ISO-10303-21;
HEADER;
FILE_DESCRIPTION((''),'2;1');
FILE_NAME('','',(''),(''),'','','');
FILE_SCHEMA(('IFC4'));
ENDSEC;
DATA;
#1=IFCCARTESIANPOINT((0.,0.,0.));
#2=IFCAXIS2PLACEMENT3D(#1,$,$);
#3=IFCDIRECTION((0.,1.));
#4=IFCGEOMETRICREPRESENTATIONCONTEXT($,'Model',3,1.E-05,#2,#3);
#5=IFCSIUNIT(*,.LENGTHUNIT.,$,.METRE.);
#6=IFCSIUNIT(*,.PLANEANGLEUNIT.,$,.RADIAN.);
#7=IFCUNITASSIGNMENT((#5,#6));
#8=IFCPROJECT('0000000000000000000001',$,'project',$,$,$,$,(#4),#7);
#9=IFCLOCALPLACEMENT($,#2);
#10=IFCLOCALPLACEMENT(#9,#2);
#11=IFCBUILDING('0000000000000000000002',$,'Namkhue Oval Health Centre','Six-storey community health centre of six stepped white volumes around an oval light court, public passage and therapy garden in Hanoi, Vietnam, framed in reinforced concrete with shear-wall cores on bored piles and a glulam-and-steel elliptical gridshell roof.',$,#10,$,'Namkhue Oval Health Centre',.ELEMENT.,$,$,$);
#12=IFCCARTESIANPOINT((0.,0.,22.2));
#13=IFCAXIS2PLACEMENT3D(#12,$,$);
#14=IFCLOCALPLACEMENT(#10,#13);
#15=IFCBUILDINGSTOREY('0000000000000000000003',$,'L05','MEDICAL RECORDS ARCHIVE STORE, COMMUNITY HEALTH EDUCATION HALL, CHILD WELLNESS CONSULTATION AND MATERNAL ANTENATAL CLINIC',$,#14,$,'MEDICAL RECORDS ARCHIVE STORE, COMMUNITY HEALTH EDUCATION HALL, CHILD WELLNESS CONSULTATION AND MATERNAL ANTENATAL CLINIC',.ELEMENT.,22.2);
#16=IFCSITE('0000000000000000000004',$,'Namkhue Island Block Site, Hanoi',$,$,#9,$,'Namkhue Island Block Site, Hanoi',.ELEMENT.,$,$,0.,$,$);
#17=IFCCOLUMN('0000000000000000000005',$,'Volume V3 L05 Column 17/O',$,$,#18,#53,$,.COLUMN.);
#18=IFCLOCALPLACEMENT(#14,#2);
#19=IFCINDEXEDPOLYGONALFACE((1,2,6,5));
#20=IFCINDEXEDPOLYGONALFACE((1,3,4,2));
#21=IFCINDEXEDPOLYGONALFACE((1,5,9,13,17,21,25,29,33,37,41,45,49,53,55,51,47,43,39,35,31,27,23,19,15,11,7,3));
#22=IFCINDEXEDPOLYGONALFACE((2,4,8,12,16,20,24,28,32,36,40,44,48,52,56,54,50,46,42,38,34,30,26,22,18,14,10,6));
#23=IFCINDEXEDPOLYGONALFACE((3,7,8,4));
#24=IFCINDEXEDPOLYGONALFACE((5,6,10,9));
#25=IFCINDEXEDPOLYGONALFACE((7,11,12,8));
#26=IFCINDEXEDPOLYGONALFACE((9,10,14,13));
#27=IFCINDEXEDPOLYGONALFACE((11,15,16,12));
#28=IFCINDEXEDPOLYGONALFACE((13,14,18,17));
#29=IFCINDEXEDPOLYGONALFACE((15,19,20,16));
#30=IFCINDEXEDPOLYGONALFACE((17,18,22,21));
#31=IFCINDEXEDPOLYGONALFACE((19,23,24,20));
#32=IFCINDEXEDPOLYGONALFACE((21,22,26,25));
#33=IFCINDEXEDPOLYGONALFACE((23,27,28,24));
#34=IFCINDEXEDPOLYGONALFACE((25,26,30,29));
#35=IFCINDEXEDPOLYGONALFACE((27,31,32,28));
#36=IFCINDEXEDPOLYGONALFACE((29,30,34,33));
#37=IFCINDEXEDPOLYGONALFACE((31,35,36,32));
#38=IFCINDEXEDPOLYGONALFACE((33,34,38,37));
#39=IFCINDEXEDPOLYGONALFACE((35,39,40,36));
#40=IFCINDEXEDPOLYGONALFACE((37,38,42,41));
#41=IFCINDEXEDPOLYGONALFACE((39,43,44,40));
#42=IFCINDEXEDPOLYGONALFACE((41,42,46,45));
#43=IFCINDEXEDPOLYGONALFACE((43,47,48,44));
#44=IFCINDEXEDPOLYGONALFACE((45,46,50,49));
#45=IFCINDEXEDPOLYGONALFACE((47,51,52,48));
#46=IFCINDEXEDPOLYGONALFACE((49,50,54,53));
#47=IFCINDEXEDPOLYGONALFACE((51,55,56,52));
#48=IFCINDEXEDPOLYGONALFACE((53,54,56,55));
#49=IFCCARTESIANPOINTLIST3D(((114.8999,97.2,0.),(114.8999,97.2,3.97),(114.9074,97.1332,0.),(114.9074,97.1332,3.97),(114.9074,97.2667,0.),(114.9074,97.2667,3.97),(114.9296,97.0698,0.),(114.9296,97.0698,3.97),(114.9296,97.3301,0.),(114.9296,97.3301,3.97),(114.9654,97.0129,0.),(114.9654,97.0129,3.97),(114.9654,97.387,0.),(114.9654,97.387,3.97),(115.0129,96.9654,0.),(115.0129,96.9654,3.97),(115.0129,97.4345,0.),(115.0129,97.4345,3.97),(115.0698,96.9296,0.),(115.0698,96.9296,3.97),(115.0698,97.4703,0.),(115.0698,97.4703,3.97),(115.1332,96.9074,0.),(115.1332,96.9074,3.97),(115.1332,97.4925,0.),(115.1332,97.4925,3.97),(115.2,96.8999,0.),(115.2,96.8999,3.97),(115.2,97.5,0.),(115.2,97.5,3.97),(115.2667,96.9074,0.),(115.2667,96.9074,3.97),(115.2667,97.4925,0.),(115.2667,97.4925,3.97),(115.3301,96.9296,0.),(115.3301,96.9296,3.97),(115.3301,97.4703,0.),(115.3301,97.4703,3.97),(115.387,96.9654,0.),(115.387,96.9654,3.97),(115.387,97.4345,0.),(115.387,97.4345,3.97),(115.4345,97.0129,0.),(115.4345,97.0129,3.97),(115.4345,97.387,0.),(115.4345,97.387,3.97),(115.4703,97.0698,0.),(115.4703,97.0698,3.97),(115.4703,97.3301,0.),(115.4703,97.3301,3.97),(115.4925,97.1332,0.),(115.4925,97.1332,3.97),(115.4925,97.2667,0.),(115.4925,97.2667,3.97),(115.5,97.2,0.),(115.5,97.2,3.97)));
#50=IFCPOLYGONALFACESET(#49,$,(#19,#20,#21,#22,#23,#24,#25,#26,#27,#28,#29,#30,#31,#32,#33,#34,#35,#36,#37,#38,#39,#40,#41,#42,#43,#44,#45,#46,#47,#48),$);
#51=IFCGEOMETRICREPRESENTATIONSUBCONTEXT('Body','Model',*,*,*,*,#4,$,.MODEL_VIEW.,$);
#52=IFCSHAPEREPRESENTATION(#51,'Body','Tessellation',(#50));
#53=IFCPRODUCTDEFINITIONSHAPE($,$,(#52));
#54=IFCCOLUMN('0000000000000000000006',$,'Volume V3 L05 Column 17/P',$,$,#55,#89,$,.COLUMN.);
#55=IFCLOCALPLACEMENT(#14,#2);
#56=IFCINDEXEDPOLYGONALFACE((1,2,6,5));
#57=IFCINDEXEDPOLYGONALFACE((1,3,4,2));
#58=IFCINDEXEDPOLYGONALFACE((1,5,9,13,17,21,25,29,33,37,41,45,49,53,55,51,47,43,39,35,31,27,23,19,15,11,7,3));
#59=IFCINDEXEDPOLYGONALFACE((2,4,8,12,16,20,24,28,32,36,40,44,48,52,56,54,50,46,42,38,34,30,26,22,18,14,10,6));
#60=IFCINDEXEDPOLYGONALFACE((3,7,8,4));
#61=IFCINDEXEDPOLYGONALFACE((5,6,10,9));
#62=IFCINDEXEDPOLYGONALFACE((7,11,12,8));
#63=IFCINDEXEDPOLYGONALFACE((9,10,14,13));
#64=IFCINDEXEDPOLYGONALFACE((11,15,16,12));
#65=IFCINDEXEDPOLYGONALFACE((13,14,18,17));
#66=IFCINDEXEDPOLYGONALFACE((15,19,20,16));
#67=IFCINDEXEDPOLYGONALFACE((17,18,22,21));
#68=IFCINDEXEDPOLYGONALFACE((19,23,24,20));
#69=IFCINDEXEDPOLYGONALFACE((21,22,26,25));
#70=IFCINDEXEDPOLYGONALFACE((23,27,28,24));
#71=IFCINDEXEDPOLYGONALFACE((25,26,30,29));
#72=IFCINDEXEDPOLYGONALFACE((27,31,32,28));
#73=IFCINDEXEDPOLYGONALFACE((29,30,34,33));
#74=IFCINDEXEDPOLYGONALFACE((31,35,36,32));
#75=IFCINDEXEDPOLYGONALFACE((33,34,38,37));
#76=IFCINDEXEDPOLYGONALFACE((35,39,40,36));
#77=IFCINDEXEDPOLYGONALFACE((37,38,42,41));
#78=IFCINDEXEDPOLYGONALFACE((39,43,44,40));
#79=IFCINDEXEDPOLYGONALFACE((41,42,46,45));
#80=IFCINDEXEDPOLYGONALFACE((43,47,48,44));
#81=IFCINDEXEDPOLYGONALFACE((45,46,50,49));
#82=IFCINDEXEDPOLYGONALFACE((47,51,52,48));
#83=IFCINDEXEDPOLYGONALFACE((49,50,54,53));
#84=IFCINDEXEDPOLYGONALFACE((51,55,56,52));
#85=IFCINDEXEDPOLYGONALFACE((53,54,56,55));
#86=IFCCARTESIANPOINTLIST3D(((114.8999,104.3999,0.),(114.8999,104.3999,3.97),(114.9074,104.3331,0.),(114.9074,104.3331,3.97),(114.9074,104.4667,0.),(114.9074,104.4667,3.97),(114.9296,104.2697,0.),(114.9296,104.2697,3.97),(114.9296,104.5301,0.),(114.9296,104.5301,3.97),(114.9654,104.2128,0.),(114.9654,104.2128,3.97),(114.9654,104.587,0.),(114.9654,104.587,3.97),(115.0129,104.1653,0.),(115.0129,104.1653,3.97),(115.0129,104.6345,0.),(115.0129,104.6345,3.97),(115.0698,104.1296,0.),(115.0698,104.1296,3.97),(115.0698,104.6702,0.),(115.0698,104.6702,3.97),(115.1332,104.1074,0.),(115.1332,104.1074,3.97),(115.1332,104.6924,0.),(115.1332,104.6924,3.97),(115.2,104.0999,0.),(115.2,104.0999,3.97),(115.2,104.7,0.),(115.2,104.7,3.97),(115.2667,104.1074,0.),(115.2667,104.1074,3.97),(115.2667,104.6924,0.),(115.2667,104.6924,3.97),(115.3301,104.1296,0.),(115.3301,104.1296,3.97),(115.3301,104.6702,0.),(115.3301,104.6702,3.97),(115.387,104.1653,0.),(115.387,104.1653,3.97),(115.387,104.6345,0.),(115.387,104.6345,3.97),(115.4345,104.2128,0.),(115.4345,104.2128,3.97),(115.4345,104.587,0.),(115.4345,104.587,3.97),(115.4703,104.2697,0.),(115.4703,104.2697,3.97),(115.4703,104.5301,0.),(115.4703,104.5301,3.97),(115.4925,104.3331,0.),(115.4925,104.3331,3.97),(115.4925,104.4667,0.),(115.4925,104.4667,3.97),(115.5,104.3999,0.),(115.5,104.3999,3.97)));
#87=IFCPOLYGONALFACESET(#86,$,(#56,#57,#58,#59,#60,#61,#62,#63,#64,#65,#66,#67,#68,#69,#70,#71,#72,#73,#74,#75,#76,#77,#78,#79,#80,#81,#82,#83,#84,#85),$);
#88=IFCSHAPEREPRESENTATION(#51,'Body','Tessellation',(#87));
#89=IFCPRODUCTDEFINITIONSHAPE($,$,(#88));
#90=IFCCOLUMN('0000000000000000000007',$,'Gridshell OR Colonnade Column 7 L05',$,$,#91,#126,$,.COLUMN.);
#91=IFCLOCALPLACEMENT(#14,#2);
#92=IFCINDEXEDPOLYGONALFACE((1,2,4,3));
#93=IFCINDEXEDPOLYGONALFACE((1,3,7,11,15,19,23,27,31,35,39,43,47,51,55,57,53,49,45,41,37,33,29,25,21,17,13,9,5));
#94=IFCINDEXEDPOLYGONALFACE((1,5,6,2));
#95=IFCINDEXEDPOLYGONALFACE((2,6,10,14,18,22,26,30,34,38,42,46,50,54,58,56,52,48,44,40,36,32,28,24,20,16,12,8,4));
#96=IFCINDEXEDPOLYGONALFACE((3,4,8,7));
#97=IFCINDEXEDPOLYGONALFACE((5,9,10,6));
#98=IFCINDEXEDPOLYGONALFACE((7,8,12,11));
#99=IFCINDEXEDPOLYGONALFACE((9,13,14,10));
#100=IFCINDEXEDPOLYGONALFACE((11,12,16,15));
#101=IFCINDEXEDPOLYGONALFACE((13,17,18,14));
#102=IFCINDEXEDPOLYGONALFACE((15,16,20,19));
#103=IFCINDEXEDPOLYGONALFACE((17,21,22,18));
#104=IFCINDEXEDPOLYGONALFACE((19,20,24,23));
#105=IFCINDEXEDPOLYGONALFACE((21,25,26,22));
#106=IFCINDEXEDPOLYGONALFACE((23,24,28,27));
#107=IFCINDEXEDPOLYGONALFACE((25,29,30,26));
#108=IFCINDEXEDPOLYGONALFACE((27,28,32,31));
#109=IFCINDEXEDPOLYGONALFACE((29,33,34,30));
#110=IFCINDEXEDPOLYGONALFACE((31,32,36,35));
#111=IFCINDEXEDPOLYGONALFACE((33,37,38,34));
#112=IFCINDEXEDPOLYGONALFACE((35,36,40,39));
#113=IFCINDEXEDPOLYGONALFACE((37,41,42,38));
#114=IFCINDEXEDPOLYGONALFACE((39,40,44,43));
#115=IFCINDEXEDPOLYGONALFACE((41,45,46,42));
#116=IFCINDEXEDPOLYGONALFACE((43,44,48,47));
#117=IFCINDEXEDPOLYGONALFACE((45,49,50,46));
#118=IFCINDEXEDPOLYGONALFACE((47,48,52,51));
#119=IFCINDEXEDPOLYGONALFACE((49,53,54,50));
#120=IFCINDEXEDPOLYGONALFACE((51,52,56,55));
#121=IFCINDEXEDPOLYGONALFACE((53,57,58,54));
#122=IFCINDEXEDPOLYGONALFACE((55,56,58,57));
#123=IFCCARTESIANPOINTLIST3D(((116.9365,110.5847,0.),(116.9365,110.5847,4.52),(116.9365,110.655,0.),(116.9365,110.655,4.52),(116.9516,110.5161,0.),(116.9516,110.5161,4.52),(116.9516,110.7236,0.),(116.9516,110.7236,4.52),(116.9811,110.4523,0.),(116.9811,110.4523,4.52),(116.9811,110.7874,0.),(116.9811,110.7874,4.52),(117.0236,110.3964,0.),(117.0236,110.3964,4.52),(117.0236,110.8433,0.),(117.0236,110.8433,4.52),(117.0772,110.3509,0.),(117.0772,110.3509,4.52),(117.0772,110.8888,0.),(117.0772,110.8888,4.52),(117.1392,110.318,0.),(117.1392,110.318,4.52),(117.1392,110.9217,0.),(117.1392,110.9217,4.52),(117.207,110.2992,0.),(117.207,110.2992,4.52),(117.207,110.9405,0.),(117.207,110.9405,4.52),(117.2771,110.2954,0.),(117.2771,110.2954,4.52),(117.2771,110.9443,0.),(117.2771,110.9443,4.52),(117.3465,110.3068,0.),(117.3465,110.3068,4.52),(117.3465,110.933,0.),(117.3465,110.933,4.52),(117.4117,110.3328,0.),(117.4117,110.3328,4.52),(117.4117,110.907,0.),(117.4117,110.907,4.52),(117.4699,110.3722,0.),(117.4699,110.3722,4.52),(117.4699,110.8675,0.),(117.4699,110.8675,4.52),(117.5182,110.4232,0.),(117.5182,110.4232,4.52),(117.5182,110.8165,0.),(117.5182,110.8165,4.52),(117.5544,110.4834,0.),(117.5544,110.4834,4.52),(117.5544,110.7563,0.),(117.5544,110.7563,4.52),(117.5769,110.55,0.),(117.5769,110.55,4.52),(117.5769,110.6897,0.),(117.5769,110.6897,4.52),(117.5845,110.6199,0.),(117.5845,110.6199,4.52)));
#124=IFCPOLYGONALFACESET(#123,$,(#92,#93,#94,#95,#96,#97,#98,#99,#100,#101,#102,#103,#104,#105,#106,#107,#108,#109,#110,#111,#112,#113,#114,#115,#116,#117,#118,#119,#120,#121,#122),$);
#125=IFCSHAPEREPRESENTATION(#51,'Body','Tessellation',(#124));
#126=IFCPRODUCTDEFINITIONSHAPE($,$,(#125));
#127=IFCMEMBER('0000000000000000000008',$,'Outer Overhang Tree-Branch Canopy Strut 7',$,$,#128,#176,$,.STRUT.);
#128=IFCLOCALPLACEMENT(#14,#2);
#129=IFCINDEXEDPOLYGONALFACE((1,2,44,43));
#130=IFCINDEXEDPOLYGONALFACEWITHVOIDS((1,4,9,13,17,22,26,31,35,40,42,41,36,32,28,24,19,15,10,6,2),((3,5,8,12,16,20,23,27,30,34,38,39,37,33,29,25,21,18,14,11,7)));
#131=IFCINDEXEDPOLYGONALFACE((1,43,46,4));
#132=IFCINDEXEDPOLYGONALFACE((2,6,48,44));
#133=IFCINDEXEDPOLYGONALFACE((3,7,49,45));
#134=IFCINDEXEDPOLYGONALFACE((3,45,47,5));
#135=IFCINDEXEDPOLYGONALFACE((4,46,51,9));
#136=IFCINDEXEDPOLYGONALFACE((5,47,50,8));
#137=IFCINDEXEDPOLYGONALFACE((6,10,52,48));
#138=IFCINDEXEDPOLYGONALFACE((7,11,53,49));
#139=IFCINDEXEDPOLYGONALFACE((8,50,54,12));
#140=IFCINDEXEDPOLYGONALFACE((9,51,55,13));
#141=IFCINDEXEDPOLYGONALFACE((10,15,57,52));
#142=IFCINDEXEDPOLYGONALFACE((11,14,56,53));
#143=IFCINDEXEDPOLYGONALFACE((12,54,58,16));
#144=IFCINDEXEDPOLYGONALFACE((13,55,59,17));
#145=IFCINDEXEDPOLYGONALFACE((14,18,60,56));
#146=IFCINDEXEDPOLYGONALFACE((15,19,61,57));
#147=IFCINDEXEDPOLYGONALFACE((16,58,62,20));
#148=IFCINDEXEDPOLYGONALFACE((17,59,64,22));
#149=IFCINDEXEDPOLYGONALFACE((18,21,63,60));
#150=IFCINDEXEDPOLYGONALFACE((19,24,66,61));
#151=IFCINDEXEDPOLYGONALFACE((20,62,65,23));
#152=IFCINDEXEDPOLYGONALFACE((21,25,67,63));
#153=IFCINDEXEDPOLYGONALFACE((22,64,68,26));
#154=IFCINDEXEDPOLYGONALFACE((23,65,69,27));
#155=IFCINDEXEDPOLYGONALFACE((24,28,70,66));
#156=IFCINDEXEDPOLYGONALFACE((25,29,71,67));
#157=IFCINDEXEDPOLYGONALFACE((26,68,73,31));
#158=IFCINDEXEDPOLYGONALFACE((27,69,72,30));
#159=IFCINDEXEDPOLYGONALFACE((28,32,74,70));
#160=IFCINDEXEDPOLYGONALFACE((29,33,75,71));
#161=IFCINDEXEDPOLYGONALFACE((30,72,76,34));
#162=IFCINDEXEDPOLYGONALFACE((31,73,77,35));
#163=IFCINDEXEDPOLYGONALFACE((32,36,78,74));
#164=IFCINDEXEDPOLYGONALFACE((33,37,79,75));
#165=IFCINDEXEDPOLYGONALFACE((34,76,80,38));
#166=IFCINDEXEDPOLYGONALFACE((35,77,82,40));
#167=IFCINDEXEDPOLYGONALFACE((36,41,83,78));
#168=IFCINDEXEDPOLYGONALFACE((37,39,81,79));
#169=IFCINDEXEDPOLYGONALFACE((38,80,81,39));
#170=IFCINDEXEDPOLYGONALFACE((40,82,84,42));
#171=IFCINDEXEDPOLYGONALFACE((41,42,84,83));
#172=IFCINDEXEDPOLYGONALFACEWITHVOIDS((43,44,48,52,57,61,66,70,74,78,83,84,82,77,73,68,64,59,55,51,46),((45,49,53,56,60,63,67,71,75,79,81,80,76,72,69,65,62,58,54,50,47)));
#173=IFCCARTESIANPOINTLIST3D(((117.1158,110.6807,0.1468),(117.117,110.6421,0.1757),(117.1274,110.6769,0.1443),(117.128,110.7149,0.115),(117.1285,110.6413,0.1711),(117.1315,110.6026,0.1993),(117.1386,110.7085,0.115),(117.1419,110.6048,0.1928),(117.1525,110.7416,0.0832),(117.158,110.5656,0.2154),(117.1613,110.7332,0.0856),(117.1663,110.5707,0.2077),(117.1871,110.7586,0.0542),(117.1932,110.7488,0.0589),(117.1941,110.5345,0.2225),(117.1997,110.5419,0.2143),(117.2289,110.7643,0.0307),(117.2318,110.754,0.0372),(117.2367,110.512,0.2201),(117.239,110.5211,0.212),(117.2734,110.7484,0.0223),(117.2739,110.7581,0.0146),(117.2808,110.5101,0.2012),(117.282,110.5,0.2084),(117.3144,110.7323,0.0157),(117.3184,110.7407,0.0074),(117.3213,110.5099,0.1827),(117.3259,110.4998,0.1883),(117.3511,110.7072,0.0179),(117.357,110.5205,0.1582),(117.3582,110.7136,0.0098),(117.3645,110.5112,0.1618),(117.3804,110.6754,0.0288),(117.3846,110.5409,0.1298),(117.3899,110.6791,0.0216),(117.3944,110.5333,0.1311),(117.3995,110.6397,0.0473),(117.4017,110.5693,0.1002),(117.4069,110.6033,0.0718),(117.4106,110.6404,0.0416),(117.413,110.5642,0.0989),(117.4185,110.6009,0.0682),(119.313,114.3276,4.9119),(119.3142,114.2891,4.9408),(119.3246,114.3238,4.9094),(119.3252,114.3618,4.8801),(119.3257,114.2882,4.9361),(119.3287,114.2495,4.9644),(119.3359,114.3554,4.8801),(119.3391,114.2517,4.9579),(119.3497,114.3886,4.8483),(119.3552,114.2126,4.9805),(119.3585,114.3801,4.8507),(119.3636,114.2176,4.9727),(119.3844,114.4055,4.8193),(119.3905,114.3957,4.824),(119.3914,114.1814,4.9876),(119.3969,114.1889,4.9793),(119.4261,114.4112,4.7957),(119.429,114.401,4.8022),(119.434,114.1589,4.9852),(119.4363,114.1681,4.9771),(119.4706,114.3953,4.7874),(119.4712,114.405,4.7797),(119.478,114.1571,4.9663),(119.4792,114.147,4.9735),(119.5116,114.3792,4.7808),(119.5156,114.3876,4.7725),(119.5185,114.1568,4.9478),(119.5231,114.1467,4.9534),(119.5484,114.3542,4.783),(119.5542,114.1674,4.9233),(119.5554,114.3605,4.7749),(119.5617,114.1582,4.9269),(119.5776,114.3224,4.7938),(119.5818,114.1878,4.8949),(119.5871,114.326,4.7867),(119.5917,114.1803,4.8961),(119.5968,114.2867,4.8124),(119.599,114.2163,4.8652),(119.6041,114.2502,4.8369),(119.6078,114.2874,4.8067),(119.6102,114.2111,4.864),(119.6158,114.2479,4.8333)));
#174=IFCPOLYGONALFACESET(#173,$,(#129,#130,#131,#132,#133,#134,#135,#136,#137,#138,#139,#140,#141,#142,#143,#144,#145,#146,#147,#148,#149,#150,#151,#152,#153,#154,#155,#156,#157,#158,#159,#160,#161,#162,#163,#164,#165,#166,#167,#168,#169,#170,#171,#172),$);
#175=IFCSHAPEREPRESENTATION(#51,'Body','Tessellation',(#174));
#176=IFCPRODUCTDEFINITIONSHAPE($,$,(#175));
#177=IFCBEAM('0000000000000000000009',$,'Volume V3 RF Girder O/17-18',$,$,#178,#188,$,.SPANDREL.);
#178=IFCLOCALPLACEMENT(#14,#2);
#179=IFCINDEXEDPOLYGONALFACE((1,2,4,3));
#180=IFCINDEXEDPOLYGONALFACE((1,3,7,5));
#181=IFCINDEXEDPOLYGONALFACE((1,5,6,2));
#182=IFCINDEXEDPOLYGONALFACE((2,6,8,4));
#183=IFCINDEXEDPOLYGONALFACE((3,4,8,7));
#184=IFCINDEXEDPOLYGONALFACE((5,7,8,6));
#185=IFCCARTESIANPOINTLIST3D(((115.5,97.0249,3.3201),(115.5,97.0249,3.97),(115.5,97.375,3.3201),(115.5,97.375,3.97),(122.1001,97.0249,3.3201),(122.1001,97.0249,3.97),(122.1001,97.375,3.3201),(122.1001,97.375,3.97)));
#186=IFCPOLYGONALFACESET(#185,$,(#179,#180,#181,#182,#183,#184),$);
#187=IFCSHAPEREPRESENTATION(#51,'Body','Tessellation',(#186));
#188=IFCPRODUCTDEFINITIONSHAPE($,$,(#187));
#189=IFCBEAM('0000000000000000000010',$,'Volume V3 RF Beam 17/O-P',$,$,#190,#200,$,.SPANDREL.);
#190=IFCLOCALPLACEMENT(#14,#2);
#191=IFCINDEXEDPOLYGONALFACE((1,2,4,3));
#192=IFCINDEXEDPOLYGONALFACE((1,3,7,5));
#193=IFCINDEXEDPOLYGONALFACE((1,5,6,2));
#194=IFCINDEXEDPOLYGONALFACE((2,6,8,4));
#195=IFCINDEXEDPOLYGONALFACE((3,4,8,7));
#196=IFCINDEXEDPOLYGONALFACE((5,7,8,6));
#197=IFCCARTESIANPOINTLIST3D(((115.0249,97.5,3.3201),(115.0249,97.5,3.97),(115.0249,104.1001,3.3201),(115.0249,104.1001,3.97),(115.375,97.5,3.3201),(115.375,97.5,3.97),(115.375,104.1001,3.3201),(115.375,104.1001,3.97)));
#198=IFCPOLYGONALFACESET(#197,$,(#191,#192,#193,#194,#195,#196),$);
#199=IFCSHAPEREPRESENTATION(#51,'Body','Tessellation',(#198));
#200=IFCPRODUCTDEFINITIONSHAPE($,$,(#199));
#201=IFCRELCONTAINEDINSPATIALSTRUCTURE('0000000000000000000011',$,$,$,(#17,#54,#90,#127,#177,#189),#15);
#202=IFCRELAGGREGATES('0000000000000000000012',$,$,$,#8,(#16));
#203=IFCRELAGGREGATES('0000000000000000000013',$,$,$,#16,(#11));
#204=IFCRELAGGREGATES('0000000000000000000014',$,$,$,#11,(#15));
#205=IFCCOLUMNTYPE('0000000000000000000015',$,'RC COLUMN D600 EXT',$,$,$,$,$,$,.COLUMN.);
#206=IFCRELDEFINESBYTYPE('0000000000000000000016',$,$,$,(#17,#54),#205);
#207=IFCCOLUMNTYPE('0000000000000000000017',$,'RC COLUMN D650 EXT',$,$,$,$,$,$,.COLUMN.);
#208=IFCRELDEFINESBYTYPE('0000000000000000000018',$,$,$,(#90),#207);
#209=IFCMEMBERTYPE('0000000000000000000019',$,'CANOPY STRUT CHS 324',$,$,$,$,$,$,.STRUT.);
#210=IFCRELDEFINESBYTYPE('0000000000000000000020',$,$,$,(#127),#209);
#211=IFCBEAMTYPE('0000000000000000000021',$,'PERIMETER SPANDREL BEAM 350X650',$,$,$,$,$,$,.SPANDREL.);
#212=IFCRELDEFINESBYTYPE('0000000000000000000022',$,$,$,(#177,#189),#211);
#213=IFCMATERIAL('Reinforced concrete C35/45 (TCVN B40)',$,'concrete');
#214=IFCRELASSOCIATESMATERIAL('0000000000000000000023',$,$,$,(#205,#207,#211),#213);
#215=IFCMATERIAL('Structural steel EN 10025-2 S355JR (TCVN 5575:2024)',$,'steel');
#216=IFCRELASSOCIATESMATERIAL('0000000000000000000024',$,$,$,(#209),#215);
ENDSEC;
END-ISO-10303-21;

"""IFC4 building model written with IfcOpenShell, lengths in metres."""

from ifc_helpers import new_model, si_unit, direction, frame, origin, origin_2d, place, context, subcontext, project, spatial, rectangle, circle, hollow_circle, extrude, material, material_profile, profile_set, type_object, element, save


model = new_model("IFC4")

# Units and contexts
model_context = context("Model", 3, precision=1e-05, world=origin(), true_north=direction((0.0, 1.0)))
body_context = subcontext(model_context, "Body", "Model", "MODEL_VIEW")
ifc_project = project(units=[si_unit("LENGTHUNIT", "METRE"), si_unit("PLANEANGLEUNIT", "RADIAN")], contexts=[model_context])

# Site, building, storey
site_placement = place(None, origin())
site = spatial("IfcSite", under=ifc_project, at=site_placement, Name="Namkhue Island Block Site, Hanoi", LongName="Namkhue Island Block Site, Hanoi", CompositionType="ELEMENT", RefElevation=0.0)
building_placement = place(site_placement, origin())
building = spatial("IfcBuilding", under=site, at=building_placement, Name="Namkhue Oval Health Centre", Description="Six-storey community health centre of six stepped white volumes around an oval light court, public passage and therapy garden in Hanoi, Vietnam, framed in reinforced concrete with shear-wall cores on bored piles and a glulam-and-steel elliptical gridshell roof.", LongName="Namkhue Oval Health Centre", CompositionType="ELEMENT")
storey_placement = place(building_placement, frame((0.0, 0.0, 22.2)))
storey = spatial("IfcBuildingStorey", under=building, at=storey_placement, Name="L05", Description="MEDICAL RECORDS ARCHIVE STORE, COMMUNITY HEALTH EDUCATION HALL, CHILD WELLNESS CONSULTATION AND MATERNAL ANTENATAL CLINIC", LongName="MEDICAL RECORDS ARCHIVE STORE, COMMUNITY HEALTH EDUCATION HALL, CHILD WELLNESS CONSULTATION AND MATERNAL ANTENATAL CLINIC", CompositionType="ELEMENT", Elevation=22.2)

# Columns
ifc_material_1 = material(Name="Reinforced concrete C35/45 (TCVN B40)", Category="concrete")
ifc_material_profile_1 = material_profile(ifc_material_1, circle(Radius=0.3, at=origin_2d()), Name="RC D600")
ifc_profile_set_1 = profile_set([ifc_material_profile_1], Name="Reinforced concrete C35/45 (TCVN B40)")
column_type_1 = type_object("IfcColumnType", Name="RC COLUMN D600 EXT", PredefinedType="COLUMN", material=ifc_profile_set_1)
for number, where, z_axis, x_axis, name in (
    (1, (115.2, 97.2, 0.0), (0.0, 0.0, 1.0), (1.0, 0.0, 0.0), "Volume V3 L05 Column 17/O"),
    (2, (115.2, 104.3999, 0.0), (0.0, 0.0, 1.0), (1.0, 0.0, 0.0), "Volume V3 L05 Column 17/P"),
):
    element("IfcColumn", number, at=place(storey_placement, frame(where, z_axis=z_axis, x_axis=x_axis)), inside=storey, type_object=column_type_1, Name=name, PredefinedType="COLUMN", context=body_context, shape_type="SweptSolid", body=[
        extrude(circle(Radius=0.3, at=origin_2d()), origin(), (0.0, 0.0, 1.0), 3.97),
    ])
ifc_material_profile_2 = material_profile(ifc_material_1, circle(Radius=0.325, at=origin_2d()), Name="RC D650")
ifc_profile_set_2 = profile_set([ifc_material_profile_2], Name="Reinforced concrete C35/45 (TCVN B40)")
column_type_2 = type_object("IfcColumnType", Name="RC COLUMN D650 EXT", PredefinedType="COLUMN", material=ifc_profile_set_2)
column_placement = place(storey_placement, frame((117.2595, 110.6199, 0.0), z_axis=(0.0, 0.0, 1.0), x_axis=(1.0, 0.0, 0.0)))
element("IfcColumn", 3, at=column_placement, inside=storey, type_object=column_type_2, Name="Gridshell OR Colonnade Column 7 L05", PredefinedType="COLUMN", context=body_context, shape_type="SweptSolid", body=[
    extrude(circle(Radius=0.325, at=origin_2d()), origin(), (0.0, 0.0, 1.0), 4.52),
])

# Member
ifc_material_2 = material(Name="Structural steel EN 10025-2 S355JR (TCVN 5575:2024)", Category="steel")
ifc_material_profile_3 = material_profile(ifc_material_2, hollow_circle(Radius=0.1619, WallThickness=0.0125, at=origin_2d()), Name="CHS 323.9x12.5")
ifc_profile_set_3 = profile_set([ifc_material_profile_3], Name="Structural steel EN 10025-2 S355JR (TCVN 5575:2024)")
member_type = type_object("IfcMemberType", Name="CANOPY STRUT CHS 324", PredefinedType="STRUT", material=ifc_profile_set_3)
member_placement = place(storey_placement, frame((117.2666, 110.6313, 0.115), z_axis=(0.343848, 0.570712, 0.745692), x_axis=(-0.85655, 0.516063, 0.0)))
element("IfcMember", 4, at=member_placement, inside=storey, type_object=member_type, Name="Outer Overhang Tree-Branch Canopy Strut 7", PredefinedType="STRUT", context=body_context, shape_type="SweptSolid", body=[
    extrude(hollow_circle(Radius=0.1619, WallThickness=0.0125, at=origin_2d()), origin(), (0.0, 0.0, 1.0), 6.3901),
])

# Beams
ifc_material_profile_4 = material_profile(ifc_material_1, rectangle(XDim=0.3501, YDim=0.6499, at=origin_2d()), Name="RC 350x650")
ifc_profile_set_4 = profile_set([ifc_material_profile_4], Name="Reinforced concrete C35/45 (TCVN B40)")
beam_type_1 = type_object("IfcBeamType", Name="PERIMETER SPANDREL BEAM 350X650", PredefinedType="SPANDREL", material=ifc_profile_set_4)
for number, where, z_axis, x_axis, name in (
    (5, (115.5, 97.2, 3.645), (1.0, 0.0, 0.0), (0.0, 1.0, 0.0), "Volume V3 RF Girder O/17-18"),
    (6, (115.2, 97.5, 3.645), (0.0, 1.0, 0.0), (-1.0, 0.0, 0.0), "Volume V3 RF Beam 17/O-P"),
):
    element("IfcBeam", number, at=place(storey_placement, frame(where, z_axis=z_axis, x_axis=x_axis)), inside=storey, type_object=beam_type_1, Name=name, PredefinedType="SPANDREL", context=body_context, shape_type="SweptSolid", body=[
        extrude(rectangle(XDim=0.3501, YDim=0.6499, at=origin_2d()), origin(), (0.0, 0.0, 1.0), 6.6001),
    ])

save(model, "model.ifc")
